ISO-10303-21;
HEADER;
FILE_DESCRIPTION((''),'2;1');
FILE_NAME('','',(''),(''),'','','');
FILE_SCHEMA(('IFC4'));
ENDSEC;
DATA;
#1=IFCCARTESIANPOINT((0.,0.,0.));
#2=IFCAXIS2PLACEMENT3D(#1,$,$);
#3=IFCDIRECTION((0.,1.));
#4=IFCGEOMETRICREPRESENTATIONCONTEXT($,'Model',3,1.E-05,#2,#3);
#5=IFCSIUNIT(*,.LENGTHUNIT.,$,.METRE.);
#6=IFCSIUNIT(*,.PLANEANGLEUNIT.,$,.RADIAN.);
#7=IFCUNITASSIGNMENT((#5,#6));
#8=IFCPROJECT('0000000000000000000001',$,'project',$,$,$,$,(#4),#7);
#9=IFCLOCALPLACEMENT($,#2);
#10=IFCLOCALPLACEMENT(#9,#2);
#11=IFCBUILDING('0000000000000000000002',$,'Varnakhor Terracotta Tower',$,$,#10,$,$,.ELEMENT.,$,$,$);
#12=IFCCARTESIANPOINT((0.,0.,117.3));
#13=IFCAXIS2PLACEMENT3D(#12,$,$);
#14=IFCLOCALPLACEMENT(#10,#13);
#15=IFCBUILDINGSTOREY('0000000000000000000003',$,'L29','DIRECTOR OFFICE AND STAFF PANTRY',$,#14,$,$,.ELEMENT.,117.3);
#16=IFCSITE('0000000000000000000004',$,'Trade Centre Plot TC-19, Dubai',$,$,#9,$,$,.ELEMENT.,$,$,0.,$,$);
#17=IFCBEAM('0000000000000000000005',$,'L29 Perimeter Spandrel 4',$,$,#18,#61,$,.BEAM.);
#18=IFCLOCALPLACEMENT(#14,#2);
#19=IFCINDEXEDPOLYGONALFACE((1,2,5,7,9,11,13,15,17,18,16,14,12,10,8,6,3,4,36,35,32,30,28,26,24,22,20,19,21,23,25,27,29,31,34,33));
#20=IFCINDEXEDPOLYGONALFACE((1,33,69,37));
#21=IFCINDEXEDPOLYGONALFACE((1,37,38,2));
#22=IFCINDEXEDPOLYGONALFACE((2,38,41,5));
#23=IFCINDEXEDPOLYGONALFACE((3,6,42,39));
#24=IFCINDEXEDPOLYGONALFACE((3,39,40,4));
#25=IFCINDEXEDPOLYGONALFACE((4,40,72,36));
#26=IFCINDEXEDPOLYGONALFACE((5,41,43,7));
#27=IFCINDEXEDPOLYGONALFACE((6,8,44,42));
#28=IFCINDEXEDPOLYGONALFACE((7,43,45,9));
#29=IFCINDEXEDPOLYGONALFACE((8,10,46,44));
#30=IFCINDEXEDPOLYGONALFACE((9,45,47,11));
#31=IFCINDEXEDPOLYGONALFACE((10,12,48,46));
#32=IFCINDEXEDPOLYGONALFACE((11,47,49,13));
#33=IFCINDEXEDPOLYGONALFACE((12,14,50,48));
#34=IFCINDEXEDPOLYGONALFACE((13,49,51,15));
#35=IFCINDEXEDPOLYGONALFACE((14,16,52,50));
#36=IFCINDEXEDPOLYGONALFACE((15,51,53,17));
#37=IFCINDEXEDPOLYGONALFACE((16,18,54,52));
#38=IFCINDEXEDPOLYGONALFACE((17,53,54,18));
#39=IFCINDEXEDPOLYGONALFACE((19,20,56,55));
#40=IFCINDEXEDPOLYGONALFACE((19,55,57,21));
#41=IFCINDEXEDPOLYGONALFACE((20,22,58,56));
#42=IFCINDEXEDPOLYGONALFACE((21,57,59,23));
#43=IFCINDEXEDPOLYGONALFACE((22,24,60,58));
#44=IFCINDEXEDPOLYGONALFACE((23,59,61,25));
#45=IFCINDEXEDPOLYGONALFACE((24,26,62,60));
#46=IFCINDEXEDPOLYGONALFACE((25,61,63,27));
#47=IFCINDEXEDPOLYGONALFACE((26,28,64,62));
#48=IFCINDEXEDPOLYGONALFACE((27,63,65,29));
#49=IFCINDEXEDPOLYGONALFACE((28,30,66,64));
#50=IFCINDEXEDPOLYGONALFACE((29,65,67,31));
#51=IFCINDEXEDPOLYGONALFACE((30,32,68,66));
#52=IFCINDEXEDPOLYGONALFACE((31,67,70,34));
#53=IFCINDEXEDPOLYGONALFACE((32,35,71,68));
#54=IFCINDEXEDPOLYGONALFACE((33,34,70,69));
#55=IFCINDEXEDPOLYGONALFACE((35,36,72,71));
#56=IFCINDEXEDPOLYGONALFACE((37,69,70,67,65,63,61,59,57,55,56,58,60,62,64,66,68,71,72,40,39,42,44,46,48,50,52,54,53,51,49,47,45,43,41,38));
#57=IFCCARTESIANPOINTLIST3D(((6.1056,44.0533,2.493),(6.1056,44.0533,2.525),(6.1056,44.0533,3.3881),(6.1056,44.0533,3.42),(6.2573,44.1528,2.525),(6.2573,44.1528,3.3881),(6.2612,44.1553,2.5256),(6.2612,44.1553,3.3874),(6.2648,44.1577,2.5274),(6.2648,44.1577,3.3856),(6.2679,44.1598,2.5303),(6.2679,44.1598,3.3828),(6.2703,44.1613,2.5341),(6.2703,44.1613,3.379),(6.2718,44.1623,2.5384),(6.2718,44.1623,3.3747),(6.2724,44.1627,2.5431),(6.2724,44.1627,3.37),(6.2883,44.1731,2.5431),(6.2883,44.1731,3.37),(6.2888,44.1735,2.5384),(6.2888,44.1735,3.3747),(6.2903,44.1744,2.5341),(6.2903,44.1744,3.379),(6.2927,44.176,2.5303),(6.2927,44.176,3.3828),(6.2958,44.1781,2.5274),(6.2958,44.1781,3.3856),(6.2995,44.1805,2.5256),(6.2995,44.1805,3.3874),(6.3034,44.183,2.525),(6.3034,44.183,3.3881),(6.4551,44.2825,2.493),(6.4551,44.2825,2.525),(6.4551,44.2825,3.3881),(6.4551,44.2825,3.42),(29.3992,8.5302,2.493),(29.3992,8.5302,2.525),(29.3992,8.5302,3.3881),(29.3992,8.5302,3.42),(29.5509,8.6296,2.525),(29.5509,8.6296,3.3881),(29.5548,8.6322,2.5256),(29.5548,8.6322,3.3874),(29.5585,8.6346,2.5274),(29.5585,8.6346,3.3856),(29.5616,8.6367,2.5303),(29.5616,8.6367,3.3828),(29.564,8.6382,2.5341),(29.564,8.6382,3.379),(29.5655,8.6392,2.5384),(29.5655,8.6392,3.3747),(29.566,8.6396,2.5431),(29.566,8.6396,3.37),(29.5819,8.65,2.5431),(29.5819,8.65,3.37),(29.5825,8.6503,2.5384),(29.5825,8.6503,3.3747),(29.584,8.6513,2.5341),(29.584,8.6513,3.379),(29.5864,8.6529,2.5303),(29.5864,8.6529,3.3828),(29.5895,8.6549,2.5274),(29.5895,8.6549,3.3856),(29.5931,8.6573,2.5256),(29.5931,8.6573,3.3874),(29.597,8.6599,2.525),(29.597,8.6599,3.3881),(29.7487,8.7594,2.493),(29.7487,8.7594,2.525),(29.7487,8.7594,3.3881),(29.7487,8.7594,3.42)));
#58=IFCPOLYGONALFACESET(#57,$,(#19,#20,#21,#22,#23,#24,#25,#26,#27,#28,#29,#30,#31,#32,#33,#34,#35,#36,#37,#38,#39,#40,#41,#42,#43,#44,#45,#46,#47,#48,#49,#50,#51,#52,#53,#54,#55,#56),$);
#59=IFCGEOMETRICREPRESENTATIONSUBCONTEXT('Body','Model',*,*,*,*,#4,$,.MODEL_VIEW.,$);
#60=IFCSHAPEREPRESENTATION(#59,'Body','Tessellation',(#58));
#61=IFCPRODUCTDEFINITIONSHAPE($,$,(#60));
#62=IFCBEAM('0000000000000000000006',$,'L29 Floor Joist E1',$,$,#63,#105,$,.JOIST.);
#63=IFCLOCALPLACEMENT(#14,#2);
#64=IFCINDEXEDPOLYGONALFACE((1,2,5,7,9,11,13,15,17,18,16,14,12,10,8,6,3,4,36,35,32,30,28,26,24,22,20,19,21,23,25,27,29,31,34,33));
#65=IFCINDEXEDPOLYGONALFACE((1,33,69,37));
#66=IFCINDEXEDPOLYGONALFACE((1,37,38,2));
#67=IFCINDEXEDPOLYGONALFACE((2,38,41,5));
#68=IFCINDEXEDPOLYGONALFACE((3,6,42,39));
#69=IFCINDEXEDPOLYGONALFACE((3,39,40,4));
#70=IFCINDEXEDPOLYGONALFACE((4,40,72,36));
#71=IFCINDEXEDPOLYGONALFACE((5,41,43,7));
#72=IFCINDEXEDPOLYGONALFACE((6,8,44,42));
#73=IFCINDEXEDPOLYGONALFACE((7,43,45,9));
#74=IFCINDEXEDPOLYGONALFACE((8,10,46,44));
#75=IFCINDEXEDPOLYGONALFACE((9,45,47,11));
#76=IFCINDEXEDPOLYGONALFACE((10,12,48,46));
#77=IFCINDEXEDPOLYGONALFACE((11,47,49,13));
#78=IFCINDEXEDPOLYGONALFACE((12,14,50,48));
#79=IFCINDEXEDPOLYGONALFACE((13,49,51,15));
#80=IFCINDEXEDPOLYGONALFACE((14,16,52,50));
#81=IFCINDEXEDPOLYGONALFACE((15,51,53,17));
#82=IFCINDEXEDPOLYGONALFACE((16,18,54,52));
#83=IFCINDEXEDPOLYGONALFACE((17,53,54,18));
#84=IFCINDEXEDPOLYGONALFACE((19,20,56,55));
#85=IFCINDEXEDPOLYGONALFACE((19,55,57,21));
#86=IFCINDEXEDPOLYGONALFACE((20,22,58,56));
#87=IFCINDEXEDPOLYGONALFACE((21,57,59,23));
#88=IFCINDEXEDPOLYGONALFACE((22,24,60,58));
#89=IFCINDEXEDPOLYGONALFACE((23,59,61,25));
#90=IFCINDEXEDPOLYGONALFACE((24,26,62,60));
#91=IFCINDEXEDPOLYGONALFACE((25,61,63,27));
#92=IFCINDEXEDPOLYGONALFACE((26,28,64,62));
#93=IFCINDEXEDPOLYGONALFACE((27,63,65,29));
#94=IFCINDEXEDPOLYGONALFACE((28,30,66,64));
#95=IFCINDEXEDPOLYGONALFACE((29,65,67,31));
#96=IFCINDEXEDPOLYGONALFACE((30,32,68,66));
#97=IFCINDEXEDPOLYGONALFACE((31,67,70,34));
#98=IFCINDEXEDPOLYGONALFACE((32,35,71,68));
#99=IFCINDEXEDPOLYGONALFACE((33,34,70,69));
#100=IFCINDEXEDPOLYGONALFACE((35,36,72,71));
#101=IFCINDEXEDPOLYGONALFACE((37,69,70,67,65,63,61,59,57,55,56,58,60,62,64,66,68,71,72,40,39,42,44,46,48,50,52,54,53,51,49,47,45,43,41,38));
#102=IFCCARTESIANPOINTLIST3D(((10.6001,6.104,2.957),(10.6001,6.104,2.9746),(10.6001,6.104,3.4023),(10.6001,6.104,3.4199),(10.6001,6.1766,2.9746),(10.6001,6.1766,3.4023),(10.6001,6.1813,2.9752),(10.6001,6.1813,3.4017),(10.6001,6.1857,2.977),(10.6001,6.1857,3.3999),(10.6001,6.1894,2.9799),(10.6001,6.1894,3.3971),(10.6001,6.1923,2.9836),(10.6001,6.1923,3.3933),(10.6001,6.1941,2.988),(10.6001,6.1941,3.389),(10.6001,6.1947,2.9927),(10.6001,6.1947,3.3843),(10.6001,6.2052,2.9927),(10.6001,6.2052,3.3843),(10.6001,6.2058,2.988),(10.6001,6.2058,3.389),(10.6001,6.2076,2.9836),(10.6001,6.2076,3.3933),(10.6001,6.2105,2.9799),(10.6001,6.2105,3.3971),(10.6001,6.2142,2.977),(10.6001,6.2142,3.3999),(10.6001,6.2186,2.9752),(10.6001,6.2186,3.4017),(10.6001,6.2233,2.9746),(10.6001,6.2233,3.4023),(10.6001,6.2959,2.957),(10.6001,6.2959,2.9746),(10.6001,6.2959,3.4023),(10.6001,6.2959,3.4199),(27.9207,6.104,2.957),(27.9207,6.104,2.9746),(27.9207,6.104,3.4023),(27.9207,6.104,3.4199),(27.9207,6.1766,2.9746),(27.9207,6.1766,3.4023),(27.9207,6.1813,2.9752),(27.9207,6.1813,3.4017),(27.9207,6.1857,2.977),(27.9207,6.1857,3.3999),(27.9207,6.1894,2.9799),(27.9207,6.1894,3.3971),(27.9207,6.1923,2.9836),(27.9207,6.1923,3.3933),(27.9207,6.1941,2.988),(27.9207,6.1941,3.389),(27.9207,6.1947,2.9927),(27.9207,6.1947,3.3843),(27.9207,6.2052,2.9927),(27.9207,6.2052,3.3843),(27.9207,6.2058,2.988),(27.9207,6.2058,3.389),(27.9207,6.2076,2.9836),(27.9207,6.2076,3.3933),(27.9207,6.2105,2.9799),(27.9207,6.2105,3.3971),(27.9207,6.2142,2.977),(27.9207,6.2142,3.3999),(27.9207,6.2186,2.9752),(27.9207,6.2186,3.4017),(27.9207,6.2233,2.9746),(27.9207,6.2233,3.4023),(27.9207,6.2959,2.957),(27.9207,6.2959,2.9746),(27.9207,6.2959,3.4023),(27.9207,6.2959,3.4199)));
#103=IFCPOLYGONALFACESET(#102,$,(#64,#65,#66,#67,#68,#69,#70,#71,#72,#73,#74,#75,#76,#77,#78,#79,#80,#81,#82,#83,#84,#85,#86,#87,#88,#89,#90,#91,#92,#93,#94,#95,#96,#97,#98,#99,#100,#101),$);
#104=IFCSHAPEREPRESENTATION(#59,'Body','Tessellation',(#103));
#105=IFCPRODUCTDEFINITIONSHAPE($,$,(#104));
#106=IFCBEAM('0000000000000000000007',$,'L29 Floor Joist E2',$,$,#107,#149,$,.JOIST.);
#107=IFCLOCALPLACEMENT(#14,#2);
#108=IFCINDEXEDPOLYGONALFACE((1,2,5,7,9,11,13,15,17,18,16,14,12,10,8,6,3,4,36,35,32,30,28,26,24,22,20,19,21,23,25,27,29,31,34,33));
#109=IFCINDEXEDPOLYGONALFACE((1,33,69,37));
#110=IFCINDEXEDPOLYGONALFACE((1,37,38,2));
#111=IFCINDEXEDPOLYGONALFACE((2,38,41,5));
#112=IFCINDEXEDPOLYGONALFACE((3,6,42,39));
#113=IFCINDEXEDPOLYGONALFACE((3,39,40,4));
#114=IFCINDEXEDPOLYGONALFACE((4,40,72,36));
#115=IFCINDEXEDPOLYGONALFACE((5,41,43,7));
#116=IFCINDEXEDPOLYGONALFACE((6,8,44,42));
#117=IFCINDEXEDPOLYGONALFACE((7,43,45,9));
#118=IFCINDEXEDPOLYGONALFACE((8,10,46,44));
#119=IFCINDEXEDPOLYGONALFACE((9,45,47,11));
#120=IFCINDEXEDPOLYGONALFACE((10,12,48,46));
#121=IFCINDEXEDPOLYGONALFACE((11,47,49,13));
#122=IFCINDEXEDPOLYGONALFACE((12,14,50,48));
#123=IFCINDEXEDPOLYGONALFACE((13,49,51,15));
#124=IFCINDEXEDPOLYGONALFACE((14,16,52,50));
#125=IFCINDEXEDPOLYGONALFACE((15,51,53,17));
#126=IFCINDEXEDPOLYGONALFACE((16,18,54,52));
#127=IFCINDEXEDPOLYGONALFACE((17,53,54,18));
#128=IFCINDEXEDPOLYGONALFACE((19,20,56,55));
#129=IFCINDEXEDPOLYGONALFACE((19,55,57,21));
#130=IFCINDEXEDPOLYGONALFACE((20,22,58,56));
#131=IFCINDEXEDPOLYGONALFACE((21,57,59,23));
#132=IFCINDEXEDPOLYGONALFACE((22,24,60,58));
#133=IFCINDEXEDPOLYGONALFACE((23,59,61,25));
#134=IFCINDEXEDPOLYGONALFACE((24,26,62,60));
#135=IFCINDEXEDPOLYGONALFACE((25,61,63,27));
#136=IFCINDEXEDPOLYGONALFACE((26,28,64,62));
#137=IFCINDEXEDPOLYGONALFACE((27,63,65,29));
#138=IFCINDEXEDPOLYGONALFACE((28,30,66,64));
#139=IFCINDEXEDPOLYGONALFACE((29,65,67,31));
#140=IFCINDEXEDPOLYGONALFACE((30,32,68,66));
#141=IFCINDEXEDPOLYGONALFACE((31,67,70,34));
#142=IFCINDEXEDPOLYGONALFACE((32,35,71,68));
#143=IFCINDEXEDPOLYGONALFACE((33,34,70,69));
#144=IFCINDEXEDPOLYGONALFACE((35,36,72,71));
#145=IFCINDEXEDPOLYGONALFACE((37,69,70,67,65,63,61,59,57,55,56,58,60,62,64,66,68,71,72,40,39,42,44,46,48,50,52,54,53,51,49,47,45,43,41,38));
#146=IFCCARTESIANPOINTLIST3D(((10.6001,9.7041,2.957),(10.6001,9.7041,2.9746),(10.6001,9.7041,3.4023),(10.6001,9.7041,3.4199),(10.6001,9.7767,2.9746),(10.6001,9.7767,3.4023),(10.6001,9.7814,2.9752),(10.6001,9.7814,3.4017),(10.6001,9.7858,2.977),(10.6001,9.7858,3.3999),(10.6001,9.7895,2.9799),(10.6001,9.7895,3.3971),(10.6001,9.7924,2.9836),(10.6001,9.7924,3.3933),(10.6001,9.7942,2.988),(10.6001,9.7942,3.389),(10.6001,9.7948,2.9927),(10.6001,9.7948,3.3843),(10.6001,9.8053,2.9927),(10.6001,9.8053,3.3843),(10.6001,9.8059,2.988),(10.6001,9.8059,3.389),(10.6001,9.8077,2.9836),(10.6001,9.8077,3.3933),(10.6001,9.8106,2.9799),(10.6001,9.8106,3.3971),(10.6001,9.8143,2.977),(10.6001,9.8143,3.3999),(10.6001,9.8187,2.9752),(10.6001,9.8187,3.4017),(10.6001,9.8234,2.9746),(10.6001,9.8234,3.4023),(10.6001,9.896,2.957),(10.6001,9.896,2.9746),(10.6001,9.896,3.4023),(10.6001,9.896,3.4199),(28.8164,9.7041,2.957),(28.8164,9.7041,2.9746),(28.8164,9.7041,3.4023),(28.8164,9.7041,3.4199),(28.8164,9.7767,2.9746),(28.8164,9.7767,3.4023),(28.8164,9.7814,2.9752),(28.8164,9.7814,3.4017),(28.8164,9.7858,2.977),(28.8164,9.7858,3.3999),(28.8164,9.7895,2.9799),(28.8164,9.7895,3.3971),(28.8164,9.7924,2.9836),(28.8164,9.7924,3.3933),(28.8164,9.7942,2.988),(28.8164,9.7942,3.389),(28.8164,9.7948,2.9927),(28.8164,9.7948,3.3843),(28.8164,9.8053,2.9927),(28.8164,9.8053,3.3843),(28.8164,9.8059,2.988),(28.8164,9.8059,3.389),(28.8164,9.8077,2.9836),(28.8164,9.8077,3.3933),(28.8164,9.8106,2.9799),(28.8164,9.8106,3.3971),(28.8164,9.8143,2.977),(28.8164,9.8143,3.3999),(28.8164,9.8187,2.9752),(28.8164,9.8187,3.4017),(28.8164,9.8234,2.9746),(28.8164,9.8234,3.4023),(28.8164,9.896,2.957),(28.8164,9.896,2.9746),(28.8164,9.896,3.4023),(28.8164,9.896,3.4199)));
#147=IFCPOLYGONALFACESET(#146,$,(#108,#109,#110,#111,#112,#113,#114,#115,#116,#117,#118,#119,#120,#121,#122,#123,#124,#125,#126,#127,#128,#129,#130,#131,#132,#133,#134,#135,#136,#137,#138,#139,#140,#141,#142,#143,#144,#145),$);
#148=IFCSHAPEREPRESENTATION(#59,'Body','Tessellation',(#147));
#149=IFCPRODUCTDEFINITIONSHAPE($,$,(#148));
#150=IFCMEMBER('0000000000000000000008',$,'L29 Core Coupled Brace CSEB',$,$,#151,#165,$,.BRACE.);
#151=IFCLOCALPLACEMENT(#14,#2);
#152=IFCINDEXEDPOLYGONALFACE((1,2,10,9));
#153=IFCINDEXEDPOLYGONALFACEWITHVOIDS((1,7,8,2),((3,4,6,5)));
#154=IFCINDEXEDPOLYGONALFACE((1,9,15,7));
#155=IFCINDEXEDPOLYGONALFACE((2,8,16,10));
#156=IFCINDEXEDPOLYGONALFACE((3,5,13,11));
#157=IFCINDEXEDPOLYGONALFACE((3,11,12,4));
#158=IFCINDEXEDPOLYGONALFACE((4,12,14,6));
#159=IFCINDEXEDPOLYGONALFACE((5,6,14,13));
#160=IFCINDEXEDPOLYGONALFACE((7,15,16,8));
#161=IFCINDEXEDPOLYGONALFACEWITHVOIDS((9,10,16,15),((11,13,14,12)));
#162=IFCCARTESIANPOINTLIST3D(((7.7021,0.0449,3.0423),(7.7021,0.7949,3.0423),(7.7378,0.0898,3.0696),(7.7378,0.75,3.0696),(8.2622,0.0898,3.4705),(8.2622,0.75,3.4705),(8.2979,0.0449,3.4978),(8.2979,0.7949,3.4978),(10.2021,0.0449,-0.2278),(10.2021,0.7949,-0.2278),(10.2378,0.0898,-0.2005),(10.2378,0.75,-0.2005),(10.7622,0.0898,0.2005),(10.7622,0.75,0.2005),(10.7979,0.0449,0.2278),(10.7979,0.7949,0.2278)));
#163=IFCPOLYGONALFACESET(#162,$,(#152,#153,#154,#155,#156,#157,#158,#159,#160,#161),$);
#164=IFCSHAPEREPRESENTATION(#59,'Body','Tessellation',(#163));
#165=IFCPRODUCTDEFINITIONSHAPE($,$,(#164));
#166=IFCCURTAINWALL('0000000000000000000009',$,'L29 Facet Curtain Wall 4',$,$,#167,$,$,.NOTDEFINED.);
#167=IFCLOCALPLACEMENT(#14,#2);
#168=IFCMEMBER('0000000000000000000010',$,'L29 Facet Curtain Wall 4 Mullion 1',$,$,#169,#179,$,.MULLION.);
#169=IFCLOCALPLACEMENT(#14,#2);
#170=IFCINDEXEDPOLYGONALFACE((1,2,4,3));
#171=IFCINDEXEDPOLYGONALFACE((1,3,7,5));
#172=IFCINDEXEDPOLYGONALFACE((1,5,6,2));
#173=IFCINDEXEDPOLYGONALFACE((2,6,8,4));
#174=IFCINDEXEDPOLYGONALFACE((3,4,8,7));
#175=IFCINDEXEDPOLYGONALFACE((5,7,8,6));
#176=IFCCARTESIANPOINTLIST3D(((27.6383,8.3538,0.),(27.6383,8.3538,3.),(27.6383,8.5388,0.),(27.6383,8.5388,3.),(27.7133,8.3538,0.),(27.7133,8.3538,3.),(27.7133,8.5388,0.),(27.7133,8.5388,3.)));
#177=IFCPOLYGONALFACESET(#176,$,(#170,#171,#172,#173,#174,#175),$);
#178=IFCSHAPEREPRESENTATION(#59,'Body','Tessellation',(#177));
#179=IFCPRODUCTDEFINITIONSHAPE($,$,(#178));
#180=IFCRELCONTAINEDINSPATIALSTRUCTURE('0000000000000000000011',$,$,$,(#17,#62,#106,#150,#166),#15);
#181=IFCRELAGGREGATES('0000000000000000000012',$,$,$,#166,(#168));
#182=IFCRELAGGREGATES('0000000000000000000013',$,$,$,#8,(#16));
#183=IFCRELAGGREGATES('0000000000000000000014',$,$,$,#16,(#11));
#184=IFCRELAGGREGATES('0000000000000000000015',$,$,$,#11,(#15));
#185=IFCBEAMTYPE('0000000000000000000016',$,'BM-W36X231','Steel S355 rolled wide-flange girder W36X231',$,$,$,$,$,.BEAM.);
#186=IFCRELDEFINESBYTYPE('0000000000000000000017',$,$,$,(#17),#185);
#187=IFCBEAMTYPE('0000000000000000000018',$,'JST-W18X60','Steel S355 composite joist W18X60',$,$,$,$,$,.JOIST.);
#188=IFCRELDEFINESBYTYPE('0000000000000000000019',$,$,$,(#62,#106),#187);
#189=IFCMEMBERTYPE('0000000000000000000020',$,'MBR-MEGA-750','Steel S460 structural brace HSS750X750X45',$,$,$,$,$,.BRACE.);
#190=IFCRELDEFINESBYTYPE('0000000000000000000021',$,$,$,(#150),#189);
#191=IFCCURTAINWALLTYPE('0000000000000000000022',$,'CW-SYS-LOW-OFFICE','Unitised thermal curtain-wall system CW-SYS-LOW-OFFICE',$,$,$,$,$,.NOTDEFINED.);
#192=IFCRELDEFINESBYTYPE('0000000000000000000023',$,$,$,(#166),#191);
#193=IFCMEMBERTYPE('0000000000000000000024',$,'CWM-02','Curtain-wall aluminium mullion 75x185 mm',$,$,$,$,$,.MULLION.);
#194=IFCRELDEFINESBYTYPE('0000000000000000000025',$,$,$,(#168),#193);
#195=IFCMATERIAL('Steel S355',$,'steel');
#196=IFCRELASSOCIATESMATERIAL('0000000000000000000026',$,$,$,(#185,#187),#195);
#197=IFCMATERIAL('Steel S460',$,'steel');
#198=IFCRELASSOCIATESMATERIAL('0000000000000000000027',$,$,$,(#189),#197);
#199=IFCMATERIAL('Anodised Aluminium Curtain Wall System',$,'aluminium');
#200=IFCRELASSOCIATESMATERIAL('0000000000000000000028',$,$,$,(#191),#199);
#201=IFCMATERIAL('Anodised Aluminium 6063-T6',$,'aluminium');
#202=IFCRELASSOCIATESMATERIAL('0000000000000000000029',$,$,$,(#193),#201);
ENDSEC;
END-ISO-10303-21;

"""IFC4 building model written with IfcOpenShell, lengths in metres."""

from ifc_helpers import new_model, si_unit, direction, frame, origin, origin_2d, place, context, subcontext, project, spatial, rectangle, hollow_rectangle, i_section, extrude, source, transform, mapped, material, material_profile, profile_set, type_object, element, aggregate, save


model = new_model("IFC4")

# Units and contexts
model_context = context("Model", 3, precision=1e-05, world=origin(), true_north=direction((0.0, 1.0)))
body_context = subcontext(model_context, "Body", "Model", "MODEL_VIEW")
ifc_project = project(units=[si_unit("LENGTHUNIT", "METRE"), si_unit("PLANEANGLEUNIT", "RADIAN")], contexts=[model_context])

# Site, building, storey
site_placement = place(None, origin())
site = spatial("IfcSite", under=ifc_project, at=site_placement, Name="Trade Centre Plot TC-19, Dubai", CompositionType="ELEMENT", RefElevation=0.0)
building_placement = place(site_placement, origin())
building = spatial("IfcBuilding", under=site, at=building_placement, Name="Varnakhor Terracotta Tower", CompositionType="ELEMENT")
storey_placement = place(building_placement, frame((0.0, 0.0, 117.3)))
storey = spatial("IfcBuildingStorey", under=building, at=storey_placement, Name="L29", Description="DIRECTOR OFFICE AND STAFF PANTRY", CompositionType="ELEMENT", Elevation=117.3)

# Shared definitions
ifc_material_1 = material(Name="Steel S460", Category="steel")

# Beams
ifc_material_2 = material(Name="Steel S355", Category="steel")
ifc_material_profile_1 = material_profile(ifc_material_2, i_section(OverallWidth=0.418, OverallDepth=0.927, WebThickness=0.019, FlangeThickness=0.032, FilletRadius=0.0181, at=origin_2d()), Name="W36X231")
ifc_profile_set_1 = profile_set([ifc_material_profile_1], Name="Steel S355")
beam_type_1 = type_object("IfcBeamType", Name="BM-W36X231", Description="Steel S355 rolled wide-flange girder W36X231", PredefinedType="BEAM", material=ifc_profile_set_1)
shared_shape_1 = source(origin(), body_context, "Body", "SweptSolid", [
    extrude(i_section(OverallWidth=0.418, OverallDepth=0.927, WebThickness=0.019, FlangeThickness=0.032, FilletRadius=0.0181, at=origin_2d()), origin(), (0.0, 0.0, 1.0), 42.4792),
])
beam_1_placement = place(storey_placement, frame((29.574, 8.6448, 2.9565), z_axis=(-0.548354, 0.836246, 0.0), x_axis=(-0.836246, -0.548354, 0.0)))
element("IfcBeam", 1, at=beam_1_placement, inside=storey, type_object=beam_type_1, Name="L29 Perimeter Spandrel 4", PredefinedType="BEAM", context=body_context, shape_type="MappedRepresentation", body=[
    mapped(shared_shape_1, transform((0.0, 0.0, 0.0), scale=1.0)),
])
ifc_material_profile_2 = material_profile(ifc_material_2, i_section(OverallWidth=0.1919, OverallDepth=0.4629, WebThickness=0.0105, FlangeThickness=0.0176, FilletRadius=0.0181, at=origin_2d()), Name="W18X60")
ifc_profile_set_2 = profile_set([ifc_material_profile_2], Name="Steel S355")
beam_type_2 = type_object("IfcBeamType", Name="JST-W18X60", Description="Steel S355 composite joist W18X60", PredefinedType="JOIST", material=ifc_profile_set_2)
shared_shape_2 = source(origin(), body_context, "Body", "SweptSolid", [
    extrude(i_section(OverallWidth=0.1919, OverallDepth=0.4629, WebThickness=0.0105, FlangeThickness=0.0176, FilletRadius=0.0181, at=origin_2d()), origin(), (0.0, 0.0, 1.0), 17.3206),
])
beam_2_placement = place(storey_placement, frame((10.6001, 6.2, 3.1885), z_axis=(1.0, 0.0, 0.0), x_axis=(0.0, 1.0, 0.0)))
element("IfcBeam", 2, at=beam_2_placement, inside=storey, type_object=beam_type_2, Name="L29 Floor Joist E1", PredefinedType="JOIST", context=body_context, shape_type="MappedRepresentation", body=[
    mapped(shared_shape_2, transform((0.0, 0.0, 0.0), scale=1.0)),
])
shared_shape_3 = source(origin(), body_context, "Body", "SweptSolid", [
    extrude(i_section(OverallWidth=0.1919, OverallDepth=0.4629, WebThickness=0.0105, FlangeThickness=0.0176, FilletRadius=0.0181, at=origin_2d()), origin(), (0.0, 0.0, 1.0), 18.2163),
])
beam_3_placement = place(storey_placement, frame((10.6001, 9.8, 3.1885), z_axis=(1.0, 0.0, 0.0), x_axis=(0.0, 1.0, 0.0)))
element("IfcBeam", 3, at=beam_3_placement, inside=storey, type_object=beam_type_2, Name="L29 Floor Joist E2", PredefinedType="JOIST", context=body_context, shape_type="MappedRepresentation", body=[
    mapped(shared_shape_3, transform((0.0, 0.0, 0.0), scale=1.0)),
])

# Member
ifc_material_profile_3 = material_profile(ifc_material_1, hollow_rectangle(XDim=0.75, YDim=0.75, WallThickness=0.0449, at=origin_2d()), Name="HSS750X750X45")
ifc_profile_set_3 = profile_set([ifc_material_profile_3], Name="Steel S460")
member_type_1 = type_object("IfcMemberType", Name="MBR-MEGA-750", Description="Steel S460 structural brace HSS750X750X45", PredefinedType="BRACE", material=ifc_profile_set_3)
shared_shape_4 = source(origin(), body_context, "Body", "SweptSolid", [
    extrude(hollow_rectangle(XDim=0.75, YDim=0.75, WallThickness=0.0449, at=origin_2d()), origin(), (0.0, 0.0, 1.0), 4.1162),
])
member_1_placement = place(storey_placement, frame((10.5, 0.4199, 0.0), z_axis=(-0.607358, 0.0, 0.794429), x_axis=(0.0, -1.0, 0.0)))
element("IfcMember", 4, at=member_1_placement, inside=storey, type_object=member_type_1, Name="L29 Core Coupled Brace CSEB", PredefinedType="BRACE", context=body_context, shape_type="MappedRepresentation", body=[
    mapped(shared_shape_4, transform((0.0, 0.0, 0.0), scale=1.0)),
])

# Curtain wall, member
ifc_material_3 = material(Name="Anodised Aluminium Curtain Wall System", Category="aluminium")
curtain_wall_type = type_object("IfcCurtainWallType", Name="CW-SYS-LOW-OFFICE", Description="Unitised thermal curtain-wall system CW-SYS-LOW-OFFICE", PredefinedType="NOTDEFINED", material=ifc_material_3)
curtain_wall_1_placement = place(storey_placement, origin())
curtain_wall_1 = element("IfcCurtainWall", 5, at=curtain_wall_1_placement, inside=storey, type_object=curtain_wall_type, Name="L29 Facet Curtain Wall 4", PredefinedType="NOTDEFINED")
ifc_material_4 = material(Name="Anodised Aluminium 6063-T6", Category="aluminium")
ifc_material_profile_4 = material_profile(ifc_material_4, rectangle(XDim=0.075, YDim=0.1851, at=origin_2d()), Name="ALU MULLION 75x185")
ifc_profile_set_4 = profile_set([ifc_material_profile_4], Name="Anodised Aluminium 6063-T6")
member_type_2 = type_object("IfcMemberType", Name="CWM-02", Description="Curtain-wall aluminium mullion 75x185 mm", PredefinedType="MULLION", material=ifc_profile_set_4)
shared_shape_5 = source(origin(), body_context, "Body", "SweptSolid", [
    extrude(rectangle(XDim=0.075, YDim=0.1851, at=origin_2d()), origin(), (0.0, 0.0, 1.0), 3.0),
])
member_2_placement = place(storey_placement, frame((27.6758, 8.4463, 0.0), z_axis=(0.0, 0.0, 1.0), x_axis=(1.0, 0.0, 0.0)))
member_2 = element("IfcMember", 6, at=member_2_placement, type_object=member_type_2, Name="L29 Facet Curtain Wall 4 Mullion 1", PredefinedType="MULLION", context=body_context, shape_type="MappedRepresentation", body=[
    mapped(shared_shape_5, transform((0.0, 0.0, 0.0), scale=1.0)),
])

aggregate(curtain_wall_1, [member_2])

save(model, "model.ifc")
